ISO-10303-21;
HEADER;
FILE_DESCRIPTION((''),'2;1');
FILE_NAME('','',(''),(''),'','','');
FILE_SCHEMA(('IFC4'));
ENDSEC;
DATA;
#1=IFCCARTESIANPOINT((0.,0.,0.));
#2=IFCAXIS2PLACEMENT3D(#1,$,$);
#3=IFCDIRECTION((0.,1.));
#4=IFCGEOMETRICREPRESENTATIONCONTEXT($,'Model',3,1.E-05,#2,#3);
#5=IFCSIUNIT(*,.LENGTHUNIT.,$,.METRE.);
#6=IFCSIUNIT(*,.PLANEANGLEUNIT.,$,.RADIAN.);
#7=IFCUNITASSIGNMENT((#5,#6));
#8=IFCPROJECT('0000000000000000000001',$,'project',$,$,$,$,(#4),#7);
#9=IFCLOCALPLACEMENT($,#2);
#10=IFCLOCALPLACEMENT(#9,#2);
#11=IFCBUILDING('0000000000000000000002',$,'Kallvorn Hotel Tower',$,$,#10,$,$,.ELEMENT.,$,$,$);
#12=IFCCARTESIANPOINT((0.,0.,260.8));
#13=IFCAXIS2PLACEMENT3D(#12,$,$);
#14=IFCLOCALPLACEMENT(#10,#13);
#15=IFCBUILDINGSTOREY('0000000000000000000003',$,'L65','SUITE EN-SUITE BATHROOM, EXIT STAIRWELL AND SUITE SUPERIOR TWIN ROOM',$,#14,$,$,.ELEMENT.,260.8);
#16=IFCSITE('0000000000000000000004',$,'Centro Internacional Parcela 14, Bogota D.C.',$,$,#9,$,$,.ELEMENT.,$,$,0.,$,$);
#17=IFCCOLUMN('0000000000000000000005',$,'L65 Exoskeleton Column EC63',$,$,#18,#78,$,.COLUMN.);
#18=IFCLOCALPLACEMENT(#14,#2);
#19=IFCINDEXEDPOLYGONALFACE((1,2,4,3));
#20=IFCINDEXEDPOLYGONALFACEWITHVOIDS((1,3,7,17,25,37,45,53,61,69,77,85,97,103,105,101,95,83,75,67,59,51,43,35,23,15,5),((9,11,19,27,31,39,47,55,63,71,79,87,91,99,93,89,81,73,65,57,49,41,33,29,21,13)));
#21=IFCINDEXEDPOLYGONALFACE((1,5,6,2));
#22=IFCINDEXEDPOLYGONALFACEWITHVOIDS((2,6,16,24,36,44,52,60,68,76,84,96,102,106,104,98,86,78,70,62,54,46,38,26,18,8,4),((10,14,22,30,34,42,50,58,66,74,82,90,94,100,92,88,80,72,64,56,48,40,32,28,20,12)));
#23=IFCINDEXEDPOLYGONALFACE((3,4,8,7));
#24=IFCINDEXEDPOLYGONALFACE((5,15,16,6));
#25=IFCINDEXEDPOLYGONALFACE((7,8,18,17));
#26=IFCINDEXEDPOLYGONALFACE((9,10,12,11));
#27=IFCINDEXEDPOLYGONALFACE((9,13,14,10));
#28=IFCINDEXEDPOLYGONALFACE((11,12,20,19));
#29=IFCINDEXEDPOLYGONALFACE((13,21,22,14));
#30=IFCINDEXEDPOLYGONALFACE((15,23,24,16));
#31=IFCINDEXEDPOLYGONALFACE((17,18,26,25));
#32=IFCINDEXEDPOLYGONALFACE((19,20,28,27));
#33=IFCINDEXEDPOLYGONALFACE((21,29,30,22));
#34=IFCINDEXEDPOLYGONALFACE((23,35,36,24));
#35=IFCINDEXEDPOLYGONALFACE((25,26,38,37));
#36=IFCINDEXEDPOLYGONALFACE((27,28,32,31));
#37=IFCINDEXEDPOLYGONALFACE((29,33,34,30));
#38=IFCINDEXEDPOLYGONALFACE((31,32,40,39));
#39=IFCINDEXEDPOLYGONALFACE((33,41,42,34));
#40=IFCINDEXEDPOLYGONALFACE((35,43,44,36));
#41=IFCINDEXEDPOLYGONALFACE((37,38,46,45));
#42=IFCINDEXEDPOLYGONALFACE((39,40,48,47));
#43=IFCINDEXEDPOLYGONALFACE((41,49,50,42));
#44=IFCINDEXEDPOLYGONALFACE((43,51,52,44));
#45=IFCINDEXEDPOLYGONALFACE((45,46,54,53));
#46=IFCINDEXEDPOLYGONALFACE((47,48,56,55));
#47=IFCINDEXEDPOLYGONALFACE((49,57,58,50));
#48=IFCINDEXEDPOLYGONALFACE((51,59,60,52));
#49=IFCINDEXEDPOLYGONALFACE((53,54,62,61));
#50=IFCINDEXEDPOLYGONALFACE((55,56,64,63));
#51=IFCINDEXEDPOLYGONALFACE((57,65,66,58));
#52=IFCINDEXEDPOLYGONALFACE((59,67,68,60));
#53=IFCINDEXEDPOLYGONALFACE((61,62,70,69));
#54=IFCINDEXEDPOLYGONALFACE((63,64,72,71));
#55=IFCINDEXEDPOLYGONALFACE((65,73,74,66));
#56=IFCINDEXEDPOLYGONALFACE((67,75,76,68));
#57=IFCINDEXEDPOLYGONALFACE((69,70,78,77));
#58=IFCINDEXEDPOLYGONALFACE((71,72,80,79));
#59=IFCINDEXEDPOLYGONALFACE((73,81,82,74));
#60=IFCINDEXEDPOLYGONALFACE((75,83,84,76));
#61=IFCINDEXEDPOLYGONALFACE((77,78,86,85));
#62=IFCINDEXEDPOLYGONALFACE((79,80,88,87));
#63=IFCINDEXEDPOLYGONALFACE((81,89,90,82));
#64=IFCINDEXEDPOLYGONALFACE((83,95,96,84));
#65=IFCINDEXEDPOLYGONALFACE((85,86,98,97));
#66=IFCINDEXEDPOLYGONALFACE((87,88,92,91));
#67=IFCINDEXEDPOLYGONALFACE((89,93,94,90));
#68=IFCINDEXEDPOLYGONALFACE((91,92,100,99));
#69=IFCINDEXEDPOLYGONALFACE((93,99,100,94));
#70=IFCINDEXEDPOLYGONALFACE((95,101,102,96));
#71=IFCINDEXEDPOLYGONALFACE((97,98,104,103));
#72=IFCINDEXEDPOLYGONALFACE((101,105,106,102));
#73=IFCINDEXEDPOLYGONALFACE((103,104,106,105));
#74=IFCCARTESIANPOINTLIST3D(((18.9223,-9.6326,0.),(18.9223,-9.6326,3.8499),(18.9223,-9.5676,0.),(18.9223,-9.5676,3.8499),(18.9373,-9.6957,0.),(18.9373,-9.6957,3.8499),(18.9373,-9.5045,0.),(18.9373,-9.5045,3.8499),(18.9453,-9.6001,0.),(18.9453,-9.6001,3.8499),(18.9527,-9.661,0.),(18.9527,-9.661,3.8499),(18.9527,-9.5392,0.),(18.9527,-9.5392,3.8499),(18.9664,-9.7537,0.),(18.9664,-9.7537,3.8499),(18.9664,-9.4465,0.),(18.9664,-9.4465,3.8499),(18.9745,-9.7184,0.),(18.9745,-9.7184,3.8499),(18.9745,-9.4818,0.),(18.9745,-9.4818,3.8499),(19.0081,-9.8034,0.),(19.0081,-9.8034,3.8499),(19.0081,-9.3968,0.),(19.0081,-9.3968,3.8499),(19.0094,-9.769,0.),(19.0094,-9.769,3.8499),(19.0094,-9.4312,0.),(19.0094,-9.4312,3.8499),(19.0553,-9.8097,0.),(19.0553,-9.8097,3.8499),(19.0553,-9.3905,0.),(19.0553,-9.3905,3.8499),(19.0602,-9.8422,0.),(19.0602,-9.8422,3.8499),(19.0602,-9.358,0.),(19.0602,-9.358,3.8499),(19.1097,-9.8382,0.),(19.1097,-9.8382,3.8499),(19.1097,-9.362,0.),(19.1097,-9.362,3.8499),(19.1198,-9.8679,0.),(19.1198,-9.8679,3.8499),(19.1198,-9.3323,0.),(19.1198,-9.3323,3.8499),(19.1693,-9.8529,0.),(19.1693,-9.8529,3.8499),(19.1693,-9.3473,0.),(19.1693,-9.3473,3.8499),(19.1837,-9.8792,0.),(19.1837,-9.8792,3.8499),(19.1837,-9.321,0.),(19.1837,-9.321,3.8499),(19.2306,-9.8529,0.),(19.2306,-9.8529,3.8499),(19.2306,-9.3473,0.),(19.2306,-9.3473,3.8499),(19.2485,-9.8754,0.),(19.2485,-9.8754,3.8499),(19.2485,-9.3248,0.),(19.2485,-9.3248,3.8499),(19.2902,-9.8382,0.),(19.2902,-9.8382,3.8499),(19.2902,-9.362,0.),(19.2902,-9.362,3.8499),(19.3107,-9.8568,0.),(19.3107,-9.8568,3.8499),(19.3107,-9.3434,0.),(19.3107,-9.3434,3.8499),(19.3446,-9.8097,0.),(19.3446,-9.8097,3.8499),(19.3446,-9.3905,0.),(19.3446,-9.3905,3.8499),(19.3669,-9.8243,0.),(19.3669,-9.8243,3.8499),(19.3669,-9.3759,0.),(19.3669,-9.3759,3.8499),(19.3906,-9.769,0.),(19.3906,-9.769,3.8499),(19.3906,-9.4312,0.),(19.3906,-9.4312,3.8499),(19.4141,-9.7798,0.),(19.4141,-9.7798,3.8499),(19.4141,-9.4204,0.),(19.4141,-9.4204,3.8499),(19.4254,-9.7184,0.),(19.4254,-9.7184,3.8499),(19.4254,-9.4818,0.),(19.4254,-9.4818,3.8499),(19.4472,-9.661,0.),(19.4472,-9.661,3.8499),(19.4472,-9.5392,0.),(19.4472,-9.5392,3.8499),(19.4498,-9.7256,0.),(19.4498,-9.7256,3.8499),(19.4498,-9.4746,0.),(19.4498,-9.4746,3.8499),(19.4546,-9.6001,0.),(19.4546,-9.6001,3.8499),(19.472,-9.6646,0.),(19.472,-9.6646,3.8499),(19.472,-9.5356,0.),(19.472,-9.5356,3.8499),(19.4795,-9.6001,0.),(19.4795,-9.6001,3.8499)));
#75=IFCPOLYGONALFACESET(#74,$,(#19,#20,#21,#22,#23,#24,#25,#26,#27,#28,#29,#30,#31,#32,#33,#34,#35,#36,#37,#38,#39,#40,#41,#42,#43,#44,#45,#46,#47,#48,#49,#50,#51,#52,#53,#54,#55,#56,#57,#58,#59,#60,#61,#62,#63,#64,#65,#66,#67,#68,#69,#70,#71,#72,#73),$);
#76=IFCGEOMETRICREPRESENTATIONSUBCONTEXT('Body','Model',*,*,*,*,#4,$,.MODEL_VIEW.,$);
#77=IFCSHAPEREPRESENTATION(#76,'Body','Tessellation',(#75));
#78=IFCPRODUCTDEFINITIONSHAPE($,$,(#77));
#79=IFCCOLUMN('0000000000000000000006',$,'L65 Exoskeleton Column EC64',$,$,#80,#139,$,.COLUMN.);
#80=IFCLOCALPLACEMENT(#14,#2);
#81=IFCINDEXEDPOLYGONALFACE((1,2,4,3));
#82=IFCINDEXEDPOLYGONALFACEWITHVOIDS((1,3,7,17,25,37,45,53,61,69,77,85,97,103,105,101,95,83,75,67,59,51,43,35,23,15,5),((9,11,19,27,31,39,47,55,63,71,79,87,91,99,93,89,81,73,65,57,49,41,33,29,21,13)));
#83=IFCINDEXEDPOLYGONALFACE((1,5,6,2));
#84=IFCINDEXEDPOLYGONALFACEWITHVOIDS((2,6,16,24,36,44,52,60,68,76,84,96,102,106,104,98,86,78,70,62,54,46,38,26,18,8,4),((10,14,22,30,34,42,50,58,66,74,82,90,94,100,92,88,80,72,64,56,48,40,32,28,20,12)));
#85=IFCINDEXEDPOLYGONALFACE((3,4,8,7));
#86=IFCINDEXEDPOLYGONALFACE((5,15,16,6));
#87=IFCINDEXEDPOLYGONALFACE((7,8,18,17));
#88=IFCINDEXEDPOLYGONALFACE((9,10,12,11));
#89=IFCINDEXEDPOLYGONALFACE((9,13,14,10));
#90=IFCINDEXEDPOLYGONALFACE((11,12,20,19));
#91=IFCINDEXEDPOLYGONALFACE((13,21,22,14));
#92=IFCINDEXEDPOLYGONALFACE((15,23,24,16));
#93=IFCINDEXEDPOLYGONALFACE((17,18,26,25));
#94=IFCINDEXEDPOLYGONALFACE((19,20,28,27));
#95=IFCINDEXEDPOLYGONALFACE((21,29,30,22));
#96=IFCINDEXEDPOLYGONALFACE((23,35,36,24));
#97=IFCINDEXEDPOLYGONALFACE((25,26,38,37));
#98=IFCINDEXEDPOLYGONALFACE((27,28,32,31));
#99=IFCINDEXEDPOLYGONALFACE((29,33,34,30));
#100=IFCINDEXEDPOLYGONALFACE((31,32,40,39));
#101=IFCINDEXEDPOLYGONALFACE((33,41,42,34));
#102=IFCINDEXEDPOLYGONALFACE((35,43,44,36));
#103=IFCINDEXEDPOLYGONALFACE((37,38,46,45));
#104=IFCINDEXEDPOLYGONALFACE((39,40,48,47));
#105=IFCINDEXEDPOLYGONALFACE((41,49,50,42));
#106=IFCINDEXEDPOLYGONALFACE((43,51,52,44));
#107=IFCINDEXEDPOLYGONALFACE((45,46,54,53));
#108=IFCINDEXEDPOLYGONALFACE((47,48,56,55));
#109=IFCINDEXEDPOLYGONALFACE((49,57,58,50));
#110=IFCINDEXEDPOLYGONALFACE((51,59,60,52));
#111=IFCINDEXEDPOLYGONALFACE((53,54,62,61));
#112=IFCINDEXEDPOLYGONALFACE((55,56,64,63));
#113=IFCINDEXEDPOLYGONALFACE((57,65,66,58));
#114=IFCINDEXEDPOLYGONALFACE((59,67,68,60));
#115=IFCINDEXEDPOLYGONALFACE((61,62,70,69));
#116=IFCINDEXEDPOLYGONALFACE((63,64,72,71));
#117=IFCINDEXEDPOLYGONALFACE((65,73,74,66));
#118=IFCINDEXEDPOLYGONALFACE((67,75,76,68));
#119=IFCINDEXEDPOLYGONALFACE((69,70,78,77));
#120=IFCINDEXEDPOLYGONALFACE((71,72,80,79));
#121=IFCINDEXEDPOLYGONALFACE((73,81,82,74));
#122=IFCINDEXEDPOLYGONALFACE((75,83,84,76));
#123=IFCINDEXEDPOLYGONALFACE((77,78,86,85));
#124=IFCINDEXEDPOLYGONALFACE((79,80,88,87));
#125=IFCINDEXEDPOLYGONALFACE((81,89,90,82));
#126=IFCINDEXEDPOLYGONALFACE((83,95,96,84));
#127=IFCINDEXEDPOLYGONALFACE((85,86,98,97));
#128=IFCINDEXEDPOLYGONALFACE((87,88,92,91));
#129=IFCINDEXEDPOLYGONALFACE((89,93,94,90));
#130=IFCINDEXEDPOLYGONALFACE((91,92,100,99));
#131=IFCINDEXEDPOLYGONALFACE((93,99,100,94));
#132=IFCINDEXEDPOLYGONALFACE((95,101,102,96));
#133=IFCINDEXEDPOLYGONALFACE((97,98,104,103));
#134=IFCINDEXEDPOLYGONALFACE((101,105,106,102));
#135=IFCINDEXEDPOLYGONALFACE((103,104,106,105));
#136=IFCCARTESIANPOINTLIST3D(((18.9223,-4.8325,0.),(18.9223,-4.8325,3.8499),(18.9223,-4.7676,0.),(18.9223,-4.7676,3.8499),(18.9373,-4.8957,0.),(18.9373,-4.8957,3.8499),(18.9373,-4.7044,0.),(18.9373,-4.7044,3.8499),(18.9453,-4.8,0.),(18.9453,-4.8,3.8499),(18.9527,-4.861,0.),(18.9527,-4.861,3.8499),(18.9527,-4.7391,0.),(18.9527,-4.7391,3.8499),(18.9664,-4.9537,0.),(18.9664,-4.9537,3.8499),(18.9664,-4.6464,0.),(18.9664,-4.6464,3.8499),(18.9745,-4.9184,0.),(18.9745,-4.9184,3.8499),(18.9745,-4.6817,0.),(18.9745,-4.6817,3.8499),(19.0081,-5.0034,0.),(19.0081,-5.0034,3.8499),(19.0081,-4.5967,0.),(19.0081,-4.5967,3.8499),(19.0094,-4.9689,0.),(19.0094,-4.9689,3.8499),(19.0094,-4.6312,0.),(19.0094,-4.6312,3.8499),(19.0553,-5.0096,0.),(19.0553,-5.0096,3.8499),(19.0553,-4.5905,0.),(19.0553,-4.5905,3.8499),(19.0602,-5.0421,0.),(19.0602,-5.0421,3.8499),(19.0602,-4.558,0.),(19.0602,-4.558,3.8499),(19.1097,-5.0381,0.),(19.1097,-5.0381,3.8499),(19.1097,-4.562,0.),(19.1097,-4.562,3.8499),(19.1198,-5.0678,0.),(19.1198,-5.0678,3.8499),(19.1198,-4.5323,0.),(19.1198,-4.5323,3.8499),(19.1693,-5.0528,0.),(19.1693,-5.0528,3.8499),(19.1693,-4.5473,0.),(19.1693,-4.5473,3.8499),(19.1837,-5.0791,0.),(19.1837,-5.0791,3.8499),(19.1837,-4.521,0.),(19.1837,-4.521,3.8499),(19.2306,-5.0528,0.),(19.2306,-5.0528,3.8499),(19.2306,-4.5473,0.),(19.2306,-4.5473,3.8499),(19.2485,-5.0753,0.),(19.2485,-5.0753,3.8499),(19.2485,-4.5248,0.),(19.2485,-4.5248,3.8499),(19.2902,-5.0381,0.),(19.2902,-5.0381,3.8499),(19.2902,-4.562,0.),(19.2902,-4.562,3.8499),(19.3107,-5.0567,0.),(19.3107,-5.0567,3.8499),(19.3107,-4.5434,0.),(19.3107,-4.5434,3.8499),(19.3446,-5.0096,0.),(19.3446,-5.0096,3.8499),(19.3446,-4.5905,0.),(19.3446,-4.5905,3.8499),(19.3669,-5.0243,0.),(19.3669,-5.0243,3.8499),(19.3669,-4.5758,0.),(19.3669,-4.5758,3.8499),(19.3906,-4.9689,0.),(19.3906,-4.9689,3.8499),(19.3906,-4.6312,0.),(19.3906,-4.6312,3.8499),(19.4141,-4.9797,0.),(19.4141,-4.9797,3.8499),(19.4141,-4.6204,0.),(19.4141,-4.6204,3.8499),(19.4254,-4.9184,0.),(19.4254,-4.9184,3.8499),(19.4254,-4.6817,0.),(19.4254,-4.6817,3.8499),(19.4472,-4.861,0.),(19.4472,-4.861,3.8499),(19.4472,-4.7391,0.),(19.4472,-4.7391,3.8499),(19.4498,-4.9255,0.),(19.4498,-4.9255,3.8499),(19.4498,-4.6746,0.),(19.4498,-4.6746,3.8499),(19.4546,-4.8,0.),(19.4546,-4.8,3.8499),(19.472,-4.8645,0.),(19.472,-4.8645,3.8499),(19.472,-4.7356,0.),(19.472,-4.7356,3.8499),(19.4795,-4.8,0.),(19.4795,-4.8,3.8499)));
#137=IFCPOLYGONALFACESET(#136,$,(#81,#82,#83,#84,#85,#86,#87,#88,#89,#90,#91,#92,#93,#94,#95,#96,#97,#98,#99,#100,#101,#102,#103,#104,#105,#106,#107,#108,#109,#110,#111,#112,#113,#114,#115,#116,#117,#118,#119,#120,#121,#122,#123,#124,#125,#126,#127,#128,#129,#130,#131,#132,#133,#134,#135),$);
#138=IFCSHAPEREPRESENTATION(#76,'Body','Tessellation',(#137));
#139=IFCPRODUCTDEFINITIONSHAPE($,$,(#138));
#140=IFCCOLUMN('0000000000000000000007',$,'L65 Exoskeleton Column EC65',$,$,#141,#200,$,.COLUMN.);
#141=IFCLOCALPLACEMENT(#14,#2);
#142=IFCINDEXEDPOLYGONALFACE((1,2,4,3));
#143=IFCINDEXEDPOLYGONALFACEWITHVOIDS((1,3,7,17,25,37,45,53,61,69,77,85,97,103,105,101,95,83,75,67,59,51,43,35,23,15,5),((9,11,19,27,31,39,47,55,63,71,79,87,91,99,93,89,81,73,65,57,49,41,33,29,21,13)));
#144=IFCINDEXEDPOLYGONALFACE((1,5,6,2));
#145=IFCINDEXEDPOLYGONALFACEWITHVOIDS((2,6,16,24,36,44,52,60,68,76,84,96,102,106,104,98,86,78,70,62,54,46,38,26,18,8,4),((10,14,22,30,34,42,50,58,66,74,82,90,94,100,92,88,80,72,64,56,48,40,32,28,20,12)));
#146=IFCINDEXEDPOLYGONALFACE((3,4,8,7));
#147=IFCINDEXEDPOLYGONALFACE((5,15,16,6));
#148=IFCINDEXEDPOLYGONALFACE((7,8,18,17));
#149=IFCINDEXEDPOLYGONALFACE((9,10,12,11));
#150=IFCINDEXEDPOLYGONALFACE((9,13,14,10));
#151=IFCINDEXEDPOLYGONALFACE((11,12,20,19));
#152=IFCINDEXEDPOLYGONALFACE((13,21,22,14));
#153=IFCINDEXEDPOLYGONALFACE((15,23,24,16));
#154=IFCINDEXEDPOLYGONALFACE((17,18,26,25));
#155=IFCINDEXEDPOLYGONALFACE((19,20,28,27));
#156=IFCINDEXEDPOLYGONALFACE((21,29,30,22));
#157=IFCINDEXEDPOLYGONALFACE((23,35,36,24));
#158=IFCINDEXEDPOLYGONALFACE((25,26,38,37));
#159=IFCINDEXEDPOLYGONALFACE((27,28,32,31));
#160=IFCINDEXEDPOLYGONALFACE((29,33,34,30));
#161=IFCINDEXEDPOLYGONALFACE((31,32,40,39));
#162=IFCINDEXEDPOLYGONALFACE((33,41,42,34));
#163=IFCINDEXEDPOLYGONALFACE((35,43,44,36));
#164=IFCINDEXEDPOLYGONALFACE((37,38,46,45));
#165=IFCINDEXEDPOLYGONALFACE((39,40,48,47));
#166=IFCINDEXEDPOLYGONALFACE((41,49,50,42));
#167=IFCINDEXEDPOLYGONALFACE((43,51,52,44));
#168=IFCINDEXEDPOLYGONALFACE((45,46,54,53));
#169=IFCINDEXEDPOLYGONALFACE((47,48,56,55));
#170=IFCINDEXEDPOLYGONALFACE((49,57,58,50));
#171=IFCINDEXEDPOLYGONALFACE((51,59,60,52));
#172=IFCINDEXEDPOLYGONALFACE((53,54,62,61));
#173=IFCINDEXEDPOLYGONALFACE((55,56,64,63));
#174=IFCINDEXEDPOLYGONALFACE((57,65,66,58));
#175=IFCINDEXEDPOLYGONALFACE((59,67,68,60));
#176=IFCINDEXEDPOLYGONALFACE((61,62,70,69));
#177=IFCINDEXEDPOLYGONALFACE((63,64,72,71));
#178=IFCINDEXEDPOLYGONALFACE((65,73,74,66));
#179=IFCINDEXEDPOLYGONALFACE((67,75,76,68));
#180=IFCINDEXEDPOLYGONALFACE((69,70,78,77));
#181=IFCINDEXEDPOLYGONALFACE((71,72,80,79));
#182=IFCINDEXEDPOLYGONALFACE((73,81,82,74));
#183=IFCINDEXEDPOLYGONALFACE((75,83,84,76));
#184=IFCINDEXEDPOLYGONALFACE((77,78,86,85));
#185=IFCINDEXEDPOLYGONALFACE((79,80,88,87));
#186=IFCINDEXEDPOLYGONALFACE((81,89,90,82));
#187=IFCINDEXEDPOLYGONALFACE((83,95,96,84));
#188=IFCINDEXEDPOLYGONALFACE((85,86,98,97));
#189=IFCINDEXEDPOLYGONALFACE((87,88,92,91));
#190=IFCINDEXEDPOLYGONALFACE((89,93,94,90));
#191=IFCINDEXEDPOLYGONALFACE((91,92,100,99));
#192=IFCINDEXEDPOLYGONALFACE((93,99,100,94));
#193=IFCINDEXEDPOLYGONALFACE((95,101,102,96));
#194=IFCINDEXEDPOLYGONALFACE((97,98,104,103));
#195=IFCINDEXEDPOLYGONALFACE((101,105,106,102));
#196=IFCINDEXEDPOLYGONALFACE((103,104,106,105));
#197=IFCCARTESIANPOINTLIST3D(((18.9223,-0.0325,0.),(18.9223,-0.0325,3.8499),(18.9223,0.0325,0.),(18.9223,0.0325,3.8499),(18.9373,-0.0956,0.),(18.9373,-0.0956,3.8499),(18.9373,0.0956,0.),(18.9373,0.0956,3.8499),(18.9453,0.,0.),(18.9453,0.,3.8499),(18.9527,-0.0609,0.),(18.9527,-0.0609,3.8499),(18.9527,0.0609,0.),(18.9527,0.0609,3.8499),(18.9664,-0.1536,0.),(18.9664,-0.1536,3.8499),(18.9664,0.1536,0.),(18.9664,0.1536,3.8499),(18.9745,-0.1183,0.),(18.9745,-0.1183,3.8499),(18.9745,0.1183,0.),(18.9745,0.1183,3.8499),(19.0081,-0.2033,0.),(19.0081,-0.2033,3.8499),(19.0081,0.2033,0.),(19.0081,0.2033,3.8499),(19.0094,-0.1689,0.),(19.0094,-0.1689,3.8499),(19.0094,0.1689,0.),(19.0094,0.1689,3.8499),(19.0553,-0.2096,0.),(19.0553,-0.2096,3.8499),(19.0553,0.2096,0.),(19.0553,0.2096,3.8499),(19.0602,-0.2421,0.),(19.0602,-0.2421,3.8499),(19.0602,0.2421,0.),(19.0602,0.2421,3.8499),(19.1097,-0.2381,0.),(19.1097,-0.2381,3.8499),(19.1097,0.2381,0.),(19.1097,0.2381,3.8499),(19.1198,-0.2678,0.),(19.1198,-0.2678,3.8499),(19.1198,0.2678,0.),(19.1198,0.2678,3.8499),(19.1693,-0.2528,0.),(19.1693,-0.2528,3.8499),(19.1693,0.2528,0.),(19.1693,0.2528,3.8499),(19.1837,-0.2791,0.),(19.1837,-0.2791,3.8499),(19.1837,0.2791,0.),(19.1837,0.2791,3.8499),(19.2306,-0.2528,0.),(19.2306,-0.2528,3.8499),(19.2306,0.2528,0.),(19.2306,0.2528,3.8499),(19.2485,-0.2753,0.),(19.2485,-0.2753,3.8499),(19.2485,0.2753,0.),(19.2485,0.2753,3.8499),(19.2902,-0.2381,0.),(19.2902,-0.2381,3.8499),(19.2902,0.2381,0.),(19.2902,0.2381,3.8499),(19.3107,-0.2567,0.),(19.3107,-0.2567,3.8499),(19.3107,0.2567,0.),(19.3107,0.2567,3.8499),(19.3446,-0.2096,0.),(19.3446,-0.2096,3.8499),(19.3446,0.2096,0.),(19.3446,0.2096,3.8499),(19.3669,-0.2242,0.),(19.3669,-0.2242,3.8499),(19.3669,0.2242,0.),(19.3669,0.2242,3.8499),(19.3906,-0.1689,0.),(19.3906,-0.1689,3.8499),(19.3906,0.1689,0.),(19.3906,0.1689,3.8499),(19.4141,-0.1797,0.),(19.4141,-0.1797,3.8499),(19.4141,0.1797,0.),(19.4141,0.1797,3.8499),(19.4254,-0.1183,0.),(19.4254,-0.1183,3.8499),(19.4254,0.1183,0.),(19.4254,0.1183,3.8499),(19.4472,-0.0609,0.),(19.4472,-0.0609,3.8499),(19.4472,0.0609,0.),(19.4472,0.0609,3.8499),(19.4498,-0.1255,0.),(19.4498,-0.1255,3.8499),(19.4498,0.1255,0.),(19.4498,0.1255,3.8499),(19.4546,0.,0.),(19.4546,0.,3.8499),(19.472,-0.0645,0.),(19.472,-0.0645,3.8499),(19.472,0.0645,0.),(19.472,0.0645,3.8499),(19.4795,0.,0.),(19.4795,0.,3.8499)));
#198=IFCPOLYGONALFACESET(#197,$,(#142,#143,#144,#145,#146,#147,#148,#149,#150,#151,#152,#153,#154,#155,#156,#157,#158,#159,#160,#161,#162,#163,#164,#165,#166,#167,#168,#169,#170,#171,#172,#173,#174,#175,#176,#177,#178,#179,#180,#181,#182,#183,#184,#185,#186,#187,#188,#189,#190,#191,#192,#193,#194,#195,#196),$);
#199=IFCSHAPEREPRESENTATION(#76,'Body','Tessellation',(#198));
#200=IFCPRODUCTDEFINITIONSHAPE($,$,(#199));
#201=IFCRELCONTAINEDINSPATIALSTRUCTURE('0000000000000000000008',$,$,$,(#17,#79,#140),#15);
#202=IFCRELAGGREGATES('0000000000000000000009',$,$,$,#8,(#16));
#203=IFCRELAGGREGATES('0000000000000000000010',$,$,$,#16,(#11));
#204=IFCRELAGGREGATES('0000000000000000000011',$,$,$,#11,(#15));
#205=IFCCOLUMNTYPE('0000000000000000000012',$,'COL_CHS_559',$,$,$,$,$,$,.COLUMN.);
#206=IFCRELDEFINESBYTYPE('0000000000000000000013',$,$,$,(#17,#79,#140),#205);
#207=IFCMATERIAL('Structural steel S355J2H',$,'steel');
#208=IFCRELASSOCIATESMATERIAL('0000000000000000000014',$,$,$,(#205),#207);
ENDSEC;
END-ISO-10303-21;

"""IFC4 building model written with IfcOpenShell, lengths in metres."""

from ifc_helpers import new_model, si_unit, direction, frame, origin, origin_2d, place, context, subcontext, project, spatial, hollow_circle, extrude, material, material_profile, profile_set, type_object, element, save


model = new_model("IFC4")

# Units and contexts
model_context = context("Model", 3, precision=1e-05, world=origin(), true_north=direction((0.0, 1.0)))
body_context = subcontext(model_context, "Body", "Model", "MODEL_VIEW")
ifc_project = project(units=[si_unit("LENGTHUNIT", "METRE"), si_unit("PLANEANGLEUNIT", "RADIAN")], contexts=[model_context])

# Site, building, storey
site_placement = place(None, origin())
site = spatial("IfcSite", under=ifc_project, at=site_placement, Name="Centro Internacional Parcela 14, Bogota D.C.", CompositionType="ELEMENT", RefElevation=0.0)
building_placement = place(site_placement, origin())
building = spatial("IfcBuilding", under=site, at=building_placement, Name="Kallvorn Hotel Tower", CompositionType="ELEMENT")
storey_placement = place(building_placement, frame((0.0, 0.0, 260.8)))
storey = spatial("IfcBuildingStorey", under=building, at=storey_placement, Name="L65", Description="SUITE EN-SUITE BATHROOM, EXIT STAIRWELL AND SUITE SUPERIOR TWIN ROOM", CompositionType="ELEMENT", Elevation=260.8)

# Columns
ifc_material_1 = material(Name="Structural steel S355J2H", Category="steel")
ifc_material_profile_1 = material_profile(ifc_material_1, hollow_circle(Radius=0.2795, WallThickness=0.0249, at=origin_2d()), Name="CHS 559x25")
ifc_profile_set_1 = profile_set([ifc_material_profile_1], Name="Structural steel S355J2H")
column_type_1 = type_object("IfcColumnType", Name="COL_CHS_559", PredefinedType="COLUMN", material=ifc_profile_set_1)
for number, where, z_axis, x_axis, name in (
    (1, (19.2, -9.6001, 0.0), (0.0, 0.0, 1.0), (1.0, 0.0, 0.0), "L65 Exoskeleton Column EC63"),
    (2, (19.2, -4.8, 0.0), (0.0, 0.0, 1.0), (1.0, 0.0, 0.0), "L65 Exoskeleton Column EC64"),
    (3, (19.2, 0.0, 0.0), (0.0, 0.0, 1.0), (1.0, 0.0, 0.0), "L65 Exoskeleton Column EC65"),
):
    element("IfcColumn", number, at=place(storey_placement, frame(where, z_axis=z_axis, x_axis=x_axis)), inside=storey, type_object=column_type_1, Name=name, PredefinedType="COLUMN", context=body_context, shape_type="SweptSolid", body=[
        extrude(hollow_circle(Radius=0.2795, WallThickness=0.0249, at=origin_2d()), origin(), (0.0, 0.0, 1.0), 3.8499),
    ])

save(model, "model.ifc")
